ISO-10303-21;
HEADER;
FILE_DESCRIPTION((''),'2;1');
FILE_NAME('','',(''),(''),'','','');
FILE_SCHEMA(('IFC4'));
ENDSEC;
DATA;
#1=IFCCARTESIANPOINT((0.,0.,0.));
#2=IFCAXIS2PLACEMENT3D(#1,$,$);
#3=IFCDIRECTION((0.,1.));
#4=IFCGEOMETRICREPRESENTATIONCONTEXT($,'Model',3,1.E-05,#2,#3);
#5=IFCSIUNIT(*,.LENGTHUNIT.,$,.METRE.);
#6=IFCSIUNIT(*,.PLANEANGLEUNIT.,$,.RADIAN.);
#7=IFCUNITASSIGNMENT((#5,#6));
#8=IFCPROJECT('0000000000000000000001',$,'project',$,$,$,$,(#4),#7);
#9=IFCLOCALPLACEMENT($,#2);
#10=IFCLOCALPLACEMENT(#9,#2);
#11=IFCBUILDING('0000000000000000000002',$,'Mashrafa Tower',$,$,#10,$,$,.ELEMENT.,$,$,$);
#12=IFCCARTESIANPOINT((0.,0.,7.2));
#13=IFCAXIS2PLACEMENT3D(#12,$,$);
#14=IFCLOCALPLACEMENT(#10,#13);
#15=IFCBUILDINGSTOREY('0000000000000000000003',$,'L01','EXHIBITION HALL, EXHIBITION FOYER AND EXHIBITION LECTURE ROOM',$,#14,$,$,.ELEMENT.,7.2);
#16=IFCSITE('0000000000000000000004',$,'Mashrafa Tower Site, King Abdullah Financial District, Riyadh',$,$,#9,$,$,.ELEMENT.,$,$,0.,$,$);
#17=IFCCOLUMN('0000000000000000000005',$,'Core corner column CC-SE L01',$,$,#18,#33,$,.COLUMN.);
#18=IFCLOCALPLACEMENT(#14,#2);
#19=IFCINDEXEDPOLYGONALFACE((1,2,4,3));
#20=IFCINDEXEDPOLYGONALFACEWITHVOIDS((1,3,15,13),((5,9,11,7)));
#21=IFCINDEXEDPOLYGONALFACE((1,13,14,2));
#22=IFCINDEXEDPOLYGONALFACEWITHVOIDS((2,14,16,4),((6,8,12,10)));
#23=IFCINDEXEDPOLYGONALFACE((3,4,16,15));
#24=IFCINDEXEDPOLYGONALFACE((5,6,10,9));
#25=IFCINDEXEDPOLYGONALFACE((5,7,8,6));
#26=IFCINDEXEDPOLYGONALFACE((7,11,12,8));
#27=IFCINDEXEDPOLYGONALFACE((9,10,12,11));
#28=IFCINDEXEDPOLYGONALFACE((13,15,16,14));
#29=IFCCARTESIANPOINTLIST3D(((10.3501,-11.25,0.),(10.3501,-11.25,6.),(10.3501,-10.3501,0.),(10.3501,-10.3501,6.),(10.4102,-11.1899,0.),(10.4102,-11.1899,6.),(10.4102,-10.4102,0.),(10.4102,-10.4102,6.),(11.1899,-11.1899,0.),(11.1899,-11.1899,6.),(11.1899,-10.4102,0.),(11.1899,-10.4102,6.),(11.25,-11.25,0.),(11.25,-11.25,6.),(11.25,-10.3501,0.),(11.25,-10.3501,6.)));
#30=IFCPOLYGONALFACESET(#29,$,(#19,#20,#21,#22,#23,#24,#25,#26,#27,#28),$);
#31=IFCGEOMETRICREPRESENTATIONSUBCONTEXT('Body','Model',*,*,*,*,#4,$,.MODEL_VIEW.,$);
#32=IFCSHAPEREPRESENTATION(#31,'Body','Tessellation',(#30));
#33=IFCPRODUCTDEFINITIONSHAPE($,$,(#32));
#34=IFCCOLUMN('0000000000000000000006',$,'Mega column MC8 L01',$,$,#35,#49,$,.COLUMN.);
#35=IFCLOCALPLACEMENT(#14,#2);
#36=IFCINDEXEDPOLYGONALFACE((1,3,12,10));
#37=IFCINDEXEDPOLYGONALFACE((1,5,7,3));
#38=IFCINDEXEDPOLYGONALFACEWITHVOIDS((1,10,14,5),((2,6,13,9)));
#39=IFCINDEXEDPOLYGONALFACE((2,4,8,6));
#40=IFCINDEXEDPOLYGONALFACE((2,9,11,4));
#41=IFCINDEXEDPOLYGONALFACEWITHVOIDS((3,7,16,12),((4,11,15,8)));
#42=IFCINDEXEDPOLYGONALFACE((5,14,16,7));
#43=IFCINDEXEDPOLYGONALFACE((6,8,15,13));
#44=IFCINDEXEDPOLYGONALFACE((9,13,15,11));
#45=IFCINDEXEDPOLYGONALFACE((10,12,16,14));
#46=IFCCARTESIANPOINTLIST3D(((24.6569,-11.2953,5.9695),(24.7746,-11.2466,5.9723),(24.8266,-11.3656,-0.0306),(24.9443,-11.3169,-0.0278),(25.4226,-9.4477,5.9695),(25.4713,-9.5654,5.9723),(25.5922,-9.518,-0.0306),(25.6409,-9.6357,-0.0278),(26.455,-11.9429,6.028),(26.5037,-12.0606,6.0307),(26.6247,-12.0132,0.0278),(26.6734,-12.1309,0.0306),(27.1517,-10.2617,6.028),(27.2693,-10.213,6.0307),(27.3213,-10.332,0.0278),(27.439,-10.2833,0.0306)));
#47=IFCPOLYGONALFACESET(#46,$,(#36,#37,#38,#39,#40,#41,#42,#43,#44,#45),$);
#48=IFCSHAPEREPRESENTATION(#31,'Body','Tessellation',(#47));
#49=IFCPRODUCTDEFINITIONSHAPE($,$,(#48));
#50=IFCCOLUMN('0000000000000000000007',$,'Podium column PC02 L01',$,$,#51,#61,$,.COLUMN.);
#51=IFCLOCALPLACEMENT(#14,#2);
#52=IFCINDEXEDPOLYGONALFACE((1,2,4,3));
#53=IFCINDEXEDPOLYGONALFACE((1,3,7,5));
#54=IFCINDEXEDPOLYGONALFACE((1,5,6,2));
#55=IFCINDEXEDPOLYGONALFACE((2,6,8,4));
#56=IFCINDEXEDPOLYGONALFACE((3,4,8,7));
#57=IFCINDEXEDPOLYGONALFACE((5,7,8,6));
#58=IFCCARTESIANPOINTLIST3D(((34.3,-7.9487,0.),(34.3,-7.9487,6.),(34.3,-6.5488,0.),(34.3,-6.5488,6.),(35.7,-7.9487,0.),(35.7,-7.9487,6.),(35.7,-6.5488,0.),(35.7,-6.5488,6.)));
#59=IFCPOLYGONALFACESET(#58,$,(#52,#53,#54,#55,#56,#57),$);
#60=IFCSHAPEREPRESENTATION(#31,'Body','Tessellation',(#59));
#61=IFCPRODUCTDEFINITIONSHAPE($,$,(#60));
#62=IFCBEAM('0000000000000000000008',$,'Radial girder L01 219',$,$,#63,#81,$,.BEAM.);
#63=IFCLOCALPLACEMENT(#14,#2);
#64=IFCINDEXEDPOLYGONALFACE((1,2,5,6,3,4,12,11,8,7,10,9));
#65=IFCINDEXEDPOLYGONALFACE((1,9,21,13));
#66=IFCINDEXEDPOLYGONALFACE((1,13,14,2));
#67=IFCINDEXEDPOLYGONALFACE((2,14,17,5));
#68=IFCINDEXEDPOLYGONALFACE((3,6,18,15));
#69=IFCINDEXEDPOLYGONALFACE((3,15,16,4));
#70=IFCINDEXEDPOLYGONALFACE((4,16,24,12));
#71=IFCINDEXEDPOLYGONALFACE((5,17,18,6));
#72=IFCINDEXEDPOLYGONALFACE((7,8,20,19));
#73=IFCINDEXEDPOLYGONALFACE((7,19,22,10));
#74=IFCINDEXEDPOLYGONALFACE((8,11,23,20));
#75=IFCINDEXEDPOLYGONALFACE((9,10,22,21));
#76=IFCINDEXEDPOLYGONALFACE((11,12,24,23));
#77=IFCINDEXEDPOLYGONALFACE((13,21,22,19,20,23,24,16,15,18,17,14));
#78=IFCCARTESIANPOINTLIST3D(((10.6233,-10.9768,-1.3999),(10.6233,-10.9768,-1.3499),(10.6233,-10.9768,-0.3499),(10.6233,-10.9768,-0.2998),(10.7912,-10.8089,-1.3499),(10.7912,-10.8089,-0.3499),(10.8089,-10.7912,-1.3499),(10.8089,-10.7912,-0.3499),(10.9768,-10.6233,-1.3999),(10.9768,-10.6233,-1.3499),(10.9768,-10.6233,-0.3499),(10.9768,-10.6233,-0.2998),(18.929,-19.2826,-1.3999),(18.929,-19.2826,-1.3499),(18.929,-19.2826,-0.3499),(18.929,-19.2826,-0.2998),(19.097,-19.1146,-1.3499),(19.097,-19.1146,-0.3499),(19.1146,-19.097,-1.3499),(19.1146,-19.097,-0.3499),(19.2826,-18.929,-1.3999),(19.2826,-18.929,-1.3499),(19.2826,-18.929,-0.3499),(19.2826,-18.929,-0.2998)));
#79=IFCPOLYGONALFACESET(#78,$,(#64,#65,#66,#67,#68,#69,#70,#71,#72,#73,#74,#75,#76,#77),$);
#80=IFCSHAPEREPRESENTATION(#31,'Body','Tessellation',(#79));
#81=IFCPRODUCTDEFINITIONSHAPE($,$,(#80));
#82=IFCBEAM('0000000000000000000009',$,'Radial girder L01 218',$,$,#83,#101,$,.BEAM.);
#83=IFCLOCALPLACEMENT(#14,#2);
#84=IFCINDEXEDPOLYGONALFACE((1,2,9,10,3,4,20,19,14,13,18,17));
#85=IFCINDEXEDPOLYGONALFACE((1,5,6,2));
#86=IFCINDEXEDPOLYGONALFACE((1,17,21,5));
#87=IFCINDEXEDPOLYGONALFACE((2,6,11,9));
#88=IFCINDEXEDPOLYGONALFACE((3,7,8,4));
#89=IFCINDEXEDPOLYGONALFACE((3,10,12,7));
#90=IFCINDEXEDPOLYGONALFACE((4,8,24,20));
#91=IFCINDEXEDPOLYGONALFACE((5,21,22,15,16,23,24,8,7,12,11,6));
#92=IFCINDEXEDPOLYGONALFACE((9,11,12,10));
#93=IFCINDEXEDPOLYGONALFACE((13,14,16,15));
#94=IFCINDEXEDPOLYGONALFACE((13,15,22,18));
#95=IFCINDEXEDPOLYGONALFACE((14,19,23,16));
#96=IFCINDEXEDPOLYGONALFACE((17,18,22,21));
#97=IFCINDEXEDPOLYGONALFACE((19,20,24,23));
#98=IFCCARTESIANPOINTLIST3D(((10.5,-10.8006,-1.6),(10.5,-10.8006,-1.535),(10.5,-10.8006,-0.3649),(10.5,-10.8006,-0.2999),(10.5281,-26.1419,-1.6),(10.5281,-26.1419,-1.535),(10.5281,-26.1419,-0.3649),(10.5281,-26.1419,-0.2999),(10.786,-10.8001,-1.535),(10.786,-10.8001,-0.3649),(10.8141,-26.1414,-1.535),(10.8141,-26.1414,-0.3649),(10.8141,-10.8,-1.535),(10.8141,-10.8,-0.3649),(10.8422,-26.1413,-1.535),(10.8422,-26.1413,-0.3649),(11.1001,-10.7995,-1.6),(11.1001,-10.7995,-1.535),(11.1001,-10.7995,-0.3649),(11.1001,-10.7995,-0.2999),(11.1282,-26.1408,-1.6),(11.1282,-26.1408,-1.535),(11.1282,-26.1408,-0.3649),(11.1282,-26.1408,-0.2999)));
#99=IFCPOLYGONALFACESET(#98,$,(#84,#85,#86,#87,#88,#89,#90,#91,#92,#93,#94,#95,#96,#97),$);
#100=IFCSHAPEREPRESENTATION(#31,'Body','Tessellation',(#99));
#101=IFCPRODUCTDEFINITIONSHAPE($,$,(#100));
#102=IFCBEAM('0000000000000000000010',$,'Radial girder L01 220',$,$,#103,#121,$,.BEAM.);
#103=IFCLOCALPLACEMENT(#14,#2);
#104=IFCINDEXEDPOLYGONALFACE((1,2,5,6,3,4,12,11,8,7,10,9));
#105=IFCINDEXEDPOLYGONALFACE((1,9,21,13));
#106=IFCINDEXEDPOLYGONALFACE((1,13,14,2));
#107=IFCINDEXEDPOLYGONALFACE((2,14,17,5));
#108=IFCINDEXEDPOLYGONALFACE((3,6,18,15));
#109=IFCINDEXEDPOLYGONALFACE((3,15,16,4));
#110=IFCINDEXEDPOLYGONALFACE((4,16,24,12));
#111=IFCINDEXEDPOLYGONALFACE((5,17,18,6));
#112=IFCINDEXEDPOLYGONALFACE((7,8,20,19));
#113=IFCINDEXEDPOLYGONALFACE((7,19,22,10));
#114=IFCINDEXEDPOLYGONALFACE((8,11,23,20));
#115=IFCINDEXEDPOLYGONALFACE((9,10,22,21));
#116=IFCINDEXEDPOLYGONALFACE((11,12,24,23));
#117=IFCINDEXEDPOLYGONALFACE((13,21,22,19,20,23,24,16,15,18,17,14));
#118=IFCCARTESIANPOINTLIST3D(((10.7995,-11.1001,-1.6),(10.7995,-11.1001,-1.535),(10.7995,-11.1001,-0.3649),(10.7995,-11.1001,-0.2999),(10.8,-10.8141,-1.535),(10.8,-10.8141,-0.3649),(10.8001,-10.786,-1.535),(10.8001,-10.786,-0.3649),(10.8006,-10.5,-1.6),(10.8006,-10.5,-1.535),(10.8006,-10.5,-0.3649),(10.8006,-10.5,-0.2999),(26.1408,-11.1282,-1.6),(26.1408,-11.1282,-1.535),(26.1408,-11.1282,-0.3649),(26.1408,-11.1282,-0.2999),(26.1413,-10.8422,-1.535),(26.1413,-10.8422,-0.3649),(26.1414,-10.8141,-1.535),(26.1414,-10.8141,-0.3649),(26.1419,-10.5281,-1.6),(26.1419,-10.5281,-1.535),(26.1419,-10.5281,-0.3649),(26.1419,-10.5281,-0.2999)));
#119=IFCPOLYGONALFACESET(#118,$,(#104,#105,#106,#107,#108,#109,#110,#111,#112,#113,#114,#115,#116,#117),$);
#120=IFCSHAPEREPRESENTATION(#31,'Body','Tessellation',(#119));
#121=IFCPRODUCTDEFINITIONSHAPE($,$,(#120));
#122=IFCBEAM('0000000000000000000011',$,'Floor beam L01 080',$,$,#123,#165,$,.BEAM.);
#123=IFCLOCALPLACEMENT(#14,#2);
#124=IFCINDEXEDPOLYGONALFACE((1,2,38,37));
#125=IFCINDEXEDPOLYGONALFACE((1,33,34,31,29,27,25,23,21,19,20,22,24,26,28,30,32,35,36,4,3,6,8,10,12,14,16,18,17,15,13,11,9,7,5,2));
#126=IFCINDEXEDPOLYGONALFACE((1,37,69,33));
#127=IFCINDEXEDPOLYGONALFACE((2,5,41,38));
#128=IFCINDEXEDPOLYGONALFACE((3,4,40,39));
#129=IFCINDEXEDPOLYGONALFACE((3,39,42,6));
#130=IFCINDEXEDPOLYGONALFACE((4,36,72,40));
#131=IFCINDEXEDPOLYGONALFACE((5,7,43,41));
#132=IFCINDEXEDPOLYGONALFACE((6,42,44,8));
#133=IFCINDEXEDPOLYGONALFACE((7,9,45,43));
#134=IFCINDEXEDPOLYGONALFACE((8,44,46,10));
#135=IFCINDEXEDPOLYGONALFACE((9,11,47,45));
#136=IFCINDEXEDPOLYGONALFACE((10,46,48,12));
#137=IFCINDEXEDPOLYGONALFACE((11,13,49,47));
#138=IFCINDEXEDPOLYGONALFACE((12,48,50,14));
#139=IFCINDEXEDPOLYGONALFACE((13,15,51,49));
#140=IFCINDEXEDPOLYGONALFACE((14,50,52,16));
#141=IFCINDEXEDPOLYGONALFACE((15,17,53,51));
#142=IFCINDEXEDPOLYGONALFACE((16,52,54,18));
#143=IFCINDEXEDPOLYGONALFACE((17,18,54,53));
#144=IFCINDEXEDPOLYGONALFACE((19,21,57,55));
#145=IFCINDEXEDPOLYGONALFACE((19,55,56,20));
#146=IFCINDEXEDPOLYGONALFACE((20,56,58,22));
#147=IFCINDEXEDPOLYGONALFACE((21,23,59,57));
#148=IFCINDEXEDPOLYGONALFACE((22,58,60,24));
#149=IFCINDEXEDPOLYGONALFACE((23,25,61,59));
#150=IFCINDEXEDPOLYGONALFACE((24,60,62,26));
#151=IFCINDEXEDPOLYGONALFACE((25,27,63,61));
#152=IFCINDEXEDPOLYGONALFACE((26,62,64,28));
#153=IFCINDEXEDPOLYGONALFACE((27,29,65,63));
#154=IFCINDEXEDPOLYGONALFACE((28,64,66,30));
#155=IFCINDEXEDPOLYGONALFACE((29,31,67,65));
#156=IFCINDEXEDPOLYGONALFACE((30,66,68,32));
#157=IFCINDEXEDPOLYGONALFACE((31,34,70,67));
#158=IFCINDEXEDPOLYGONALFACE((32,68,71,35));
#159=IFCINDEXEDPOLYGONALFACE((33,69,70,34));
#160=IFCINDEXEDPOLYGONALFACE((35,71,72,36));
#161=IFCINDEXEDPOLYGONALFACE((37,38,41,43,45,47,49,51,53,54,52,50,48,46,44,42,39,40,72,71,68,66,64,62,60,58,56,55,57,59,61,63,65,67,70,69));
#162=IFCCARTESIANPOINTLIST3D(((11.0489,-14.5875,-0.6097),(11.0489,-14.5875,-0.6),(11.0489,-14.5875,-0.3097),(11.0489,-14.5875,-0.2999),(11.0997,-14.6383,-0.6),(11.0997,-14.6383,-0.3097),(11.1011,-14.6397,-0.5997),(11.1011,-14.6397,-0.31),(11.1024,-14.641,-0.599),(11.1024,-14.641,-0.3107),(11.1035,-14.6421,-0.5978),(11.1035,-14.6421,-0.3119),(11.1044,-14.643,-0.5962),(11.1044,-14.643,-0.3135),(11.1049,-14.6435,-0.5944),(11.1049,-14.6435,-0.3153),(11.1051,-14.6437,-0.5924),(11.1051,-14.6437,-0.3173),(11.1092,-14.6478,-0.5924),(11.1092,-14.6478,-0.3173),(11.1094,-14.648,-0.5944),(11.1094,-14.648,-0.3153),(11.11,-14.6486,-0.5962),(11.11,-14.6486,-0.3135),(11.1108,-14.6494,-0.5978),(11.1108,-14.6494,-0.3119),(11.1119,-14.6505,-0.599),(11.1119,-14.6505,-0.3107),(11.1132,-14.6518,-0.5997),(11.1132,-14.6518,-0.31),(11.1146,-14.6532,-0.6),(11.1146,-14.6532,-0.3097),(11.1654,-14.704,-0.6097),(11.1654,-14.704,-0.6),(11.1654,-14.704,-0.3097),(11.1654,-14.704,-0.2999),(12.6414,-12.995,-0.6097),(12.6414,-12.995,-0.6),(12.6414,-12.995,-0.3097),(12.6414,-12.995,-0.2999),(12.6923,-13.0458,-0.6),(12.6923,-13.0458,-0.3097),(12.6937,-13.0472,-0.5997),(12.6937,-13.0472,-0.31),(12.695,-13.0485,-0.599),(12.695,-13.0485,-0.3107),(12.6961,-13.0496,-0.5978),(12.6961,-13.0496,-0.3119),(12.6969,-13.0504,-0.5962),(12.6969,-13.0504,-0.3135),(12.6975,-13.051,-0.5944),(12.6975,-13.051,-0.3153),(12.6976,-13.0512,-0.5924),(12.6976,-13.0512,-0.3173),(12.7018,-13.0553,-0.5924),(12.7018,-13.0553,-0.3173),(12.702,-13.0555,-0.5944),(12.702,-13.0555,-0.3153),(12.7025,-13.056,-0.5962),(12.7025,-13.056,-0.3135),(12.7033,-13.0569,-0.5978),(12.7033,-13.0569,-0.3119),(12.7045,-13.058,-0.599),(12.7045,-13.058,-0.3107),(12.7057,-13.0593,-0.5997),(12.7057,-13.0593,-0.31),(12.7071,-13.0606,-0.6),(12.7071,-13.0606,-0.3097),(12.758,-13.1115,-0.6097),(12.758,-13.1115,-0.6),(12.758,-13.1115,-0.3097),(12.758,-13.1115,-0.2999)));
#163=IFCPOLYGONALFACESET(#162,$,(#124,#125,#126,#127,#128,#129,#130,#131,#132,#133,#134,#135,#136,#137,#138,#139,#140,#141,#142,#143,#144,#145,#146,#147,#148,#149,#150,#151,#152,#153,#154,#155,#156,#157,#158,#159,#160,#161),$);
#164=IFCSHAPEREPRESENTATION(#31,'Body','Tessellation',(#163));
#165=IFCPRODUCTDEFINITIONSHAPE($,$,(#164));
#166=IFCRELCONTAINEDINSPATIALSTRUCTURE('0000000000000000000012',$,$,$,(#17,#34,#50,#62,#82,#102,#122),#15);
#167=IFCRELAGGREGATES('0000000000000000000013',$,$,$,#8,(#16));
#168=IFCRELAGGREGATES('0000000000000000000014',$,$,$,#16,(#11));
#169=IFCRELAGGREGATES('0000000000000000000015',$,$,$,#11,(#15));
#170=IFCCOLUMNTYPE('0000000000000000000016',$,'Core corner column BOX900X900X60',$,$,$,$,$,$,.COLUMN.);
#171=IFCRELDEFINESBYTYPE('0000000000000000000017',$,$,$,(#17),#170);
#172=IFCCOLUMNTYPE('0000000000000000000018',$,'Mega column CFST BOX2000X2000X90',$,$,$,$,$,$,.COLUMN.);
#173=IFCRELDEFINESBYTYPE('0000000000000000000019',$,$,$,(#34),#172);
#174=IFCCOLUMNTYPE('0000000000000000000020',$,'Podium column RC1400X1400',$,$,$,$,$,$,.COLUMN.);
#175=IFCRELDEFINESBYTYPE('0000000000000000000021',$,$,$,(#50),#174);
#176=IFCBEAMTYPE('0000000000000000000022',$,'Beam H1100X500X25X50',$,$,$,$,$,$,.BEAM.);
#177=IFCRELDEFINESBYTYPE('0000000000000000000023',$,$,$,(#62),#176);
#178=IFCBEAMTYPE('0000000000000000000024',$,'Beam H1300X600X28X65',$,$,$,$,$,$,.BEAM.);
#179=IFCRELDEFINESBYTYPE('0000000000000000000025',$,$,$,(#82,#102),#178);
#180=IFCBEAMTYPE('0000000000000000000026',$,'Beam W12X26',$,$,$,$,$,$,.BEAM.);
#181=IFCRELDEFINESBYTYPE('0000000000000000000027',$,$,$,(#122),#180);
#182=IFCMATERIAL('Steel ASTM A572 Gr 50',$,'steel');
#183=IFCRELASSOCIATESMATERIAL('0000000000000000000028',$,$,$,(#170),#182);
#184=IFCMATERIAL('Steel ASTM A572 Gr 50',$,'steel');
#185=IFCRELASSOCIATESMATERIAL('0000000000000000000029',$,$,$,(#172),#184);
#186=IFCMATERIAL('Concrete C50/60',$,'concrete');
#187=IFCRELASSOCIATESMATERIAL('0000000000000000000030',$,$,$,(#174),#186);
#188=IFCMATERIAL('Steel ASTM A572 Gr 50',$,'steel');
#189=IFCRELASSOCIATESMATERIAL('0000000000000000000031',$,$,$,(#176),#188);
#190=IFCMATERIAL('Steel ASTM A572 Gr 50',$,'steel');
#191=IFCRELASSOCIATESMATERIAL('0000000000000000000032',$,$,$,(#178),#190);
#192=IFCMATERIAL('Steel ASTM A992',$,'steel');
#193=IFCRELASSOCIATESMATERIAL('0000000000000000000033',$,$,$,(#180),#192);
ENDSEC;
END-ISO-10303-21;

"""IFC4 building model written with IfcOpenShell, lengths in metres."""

from ifc_helpers import new_model, si_unit, direction, frame, origin, origin_2d, place, context, subcontext, project, spatial, rectangle, hollow_rectangle, i_section, extrude, material, material_profile, profile_set, type_object, element, save


model = new_model("IFC4")

# Units and contexts
model_context = context("Model", 3, precision=1e-05, world=origin(), true_north=direction((0.0, 1.0)))
body_context = subcontext(model_context, "Body", "Model", "MODEL_VIEW")
ifc_project = project(units=[si_unit("LENGTHUNIT", "METRE"), si_unit("PLANEANGLEUNIT", "RADIAN")], contexts=[model_context])

# Site, building, storey
site_placement = place(None, origin())
site = spatial("IfcSite", under=ifc_project, at=site_placement, Name="Mashrafa Tower Site, King Abdullah Financial District, Riyadh", CompositionType="ELEMENT", RefElevation=0.0)
building_placement = place(site_placement, origin())
building = spatial("IfcBuilding", under=site, at=building_placement, Name="Mashrafa Tower", CompositionType="ELEMENT")
storey_placement = place(building_placement, frame((0.0, 0.0, 7.2)))
storey = spatial("IfcBuildingStorey", under=building, at=storey_placement, Name="L01", Description="EXHIBITION HALL, EXHIBITION FOYER AND EXHIBITION LECTURE ROOM", CompositionType="ELEMENT", Elevation=7.2)

# Columns
ifc_material_1 = material(Name="Steel ASTM A572 Gr 50", Category="steel")
ifc_material_profile_1 = material_profile(ifc_material_1, hollow_rectangle(XDim=0.8999, YDim=0.8999, WallThickness=0.0601, at=origin_2d()), Name="BOX900X900X60")
ifc_profile_set_1 = profile_set([ifc_material_profile_1], Name="Steel ASTM A572 Gr 50")
column_type_1 = type_object("IfcColumnType", Name="Core corner column BOX900X900X60", PredefinedType="COLUMN", material=ifc_profile_set_1)
column_1_placement = place(storey_placement, frame((10.8, -10.8, 0.0), z_axis=(0.0, 0.0, 1.0), x_axis=(1.0, 0.0, 0.0)))
element("IfcColumn", 1, at=column_1_placement, inside=storey, type_object=column_type_1, Name="Core corner column CC-SE L01", PredefinedType="COLUMN", context=body_context, shape_type="SweptSolid", body=[
    extrude(hollow_rectangle(XDim=0.8999, YDim=0.8999, WallThickness=0.0601, at=origin_2d()), origin(), (0.0, 0.0, 1.0), 6.0),
])
ifc_material_2 = material(Name="Steel ASTM A572 Gr 50", Category="steel")
ifc_material_profile_2 = material_profile(ifc_material_2, hollow_rectangle(XDim=2.0, YDim=2.0, WallThickness=0.0901, at=origin_2d()), Name="BOX2000X2000X90")
ifc_profile_set_2 = profile_set([ifc_material_profile_2], Name="Steel ASTM A572 Gr 50")
column_type_2 = type_object("IfcColumnType", Name="Mega column CFST BOX2000X2000X90", PredefinedType="COLUMN", material=ifc_profile_set_2)
column_2_placement = place(storey_placement, frame((26.1328, -10.8245, 0.0), z_axis=(-0.028266, 0.011713, 0.999532), x_axis=(-0.382821, -0.923822, 0.0)))
element("IfcColumn", 2, at=column_2_placement, inside=storey, type_object=column_type_2, Name="Mega column MC8 L01", PredefinedType="COLUMN", context=body_context, shape_type="SweptSolid", body=[
    extrude(hollow_rectangle(XDim=2.0, YDim=2.0, WallThickness=0.0901, at=origin_2d()), origin(), (0.0, 0.0, 1.0), 6.0029),
])
ifc_material_3 = material(Name="Concrete C50/60", Category="concrete")
ifc_material_profile_3 = material_profile(ifc_material_3, rectangle(XDim=1.3999, YDim=1.3999, at=origin_2d()), Name="RC1400X1400")
ifc_profile_set_3 = profile_set([ifc_material_profile_3], Name="Concrete C50/60")
column_type_3 = type_object("IfcColumnType", Name="Podium column RC1400X1400", PredefinedType="COLUMN", material=ifc_profile_set_3)
column_3_placement = place(storey_placement, frame((35.0, -7.2488, 0.0), z_axis=(0.0, 0.0, 1.0), x_axis=(1.0, 0.0, 0.0)))
element("IfcColumn", 3, at=column_3_placement, inside=storey, type_object=column_type_3, Name="Podium column PC02 L01", PredefinedType="COLUMN", context=body_context, shape_type="SweptSolid", body=[
    extrude(rectangle(XDim=1.3999, YDim=1.3999, at=origin_2d()), origin(), (0.0, 0.0, 1.0), 6.0),
])

# Beams
ifc_material_4 = material(Name="Steel ASTM A572 Gr 50", Category="steel")
ifc_material_profile_4 = material_profile(ifc_material_4, i_section(OverallWidth=0.5, OverallDepth=1.1001, WebThickness=0.0249, FlangeThickness=0.05, at=origin_2d()), Name="H1100X500X25X50")
ifc_profile_set_4 = profile_set([ifc_material_profile_4], Name="Steel ASTM A572 Gr 50")
beam_type_1 = type_object("IfcBeamType", Name="Beam H1100X500X25X50", PredefinedType="BEAM", material=ifc_profile_set_4)
beam_1_placement = place(storey_placement, frame((10.8, -10.8, -0.8499), z_axis=(0.707107, -0.707107, 0.0), x_axis=(0.707107, 0.707107, 0.0)))
element("IfcBeam", 4, at=beam_1_placement, inside=storey, type_object=beam_type_1, Name="Radial girder L01 219", PredefinedType="BEAM", context=body_context, shape_type="SweptSolid", body=[
    extrude(i_section(OverallWidth=0.5, OverallDepth=1.1001, WebThickness=0.0249, FlangeThickness=0.05, at=origin_2d()), origin(), (0.0, 0.0, 1.0), 11.7461),
])
ifc_material_5 = material(Name="Steel ASTM A572 Gr 50", Category="steel")
ifc_material_profile_5 = material_profile(ifc_material_5, i_section(OverallWidth=0.6001, OverallDepth=1.3, WebThickness=0.0281, FlangeThickness=0.0649, at=origin_2d()), Name="H1300X600X28X65")
ifc_profile_set_5 = profile_set([ifc_material_profile_5], Name="Steel ASTM A572 Gr 50")
beam_type_2 = type_object("IfcBeamType", Name="Beam H1300X600X28X65", PredefinedType="BEAM", material=ifc_profile_set_5)
for number, where, z_axis, x_axis, name in (
    (5, (10.8, -10.8, -0.95), (0.00183, -0.999998, 0.0), (0.999998, 0.00183, 0.0), "Radial girder L01 218"),
    (6, (10.8, -10.8, -0.95), (0.999998, -0.00183, 0.0), (0.00183, 0.999998, 0.0), "Radial girder L01 220"),
):
    element("IfcBeam", number, at=place(storey_placement, frame(where, z_axis=z_axis, x_axis=x_axis)), inside=storey, type_object=beam_type_2, Name=name, PredefinedType="BEAM", context=body_context, shape_type="SweptSolid", body=[
        extrude(i_section(OverallWidth=0.6001, OverallDepth=1.3, WebThickness=0.0281, FlangeThickness=0.0649, at=origin_2d()), origin(), (0.0, 0.0, 1.0), 15.3413),
    ])
ifc_material_6 = material(Name="Steel ASTM A992", Category="steel")
ifc_material_profile_6 = material_profile(ifc_material_6, i_section(OverallWidth=0.1648, OverallDepth=0.3098, WebThickness=0.0059, FlangeThickness=0.0098, FilletRadius=0.0076, at=origin_2d()), Name="W12X26")
ifc_profile_set_6 = profile_set([ifc_material_profile_6], Name="Steel ASTM A992")
beam_type_3 = type_object("IfcBeamType", Name="Beam W12X26", PredefinedType="BEAM", material=ifc_profile_set_6)
for number, where, z_axis, x_axis, name in (
    (7, (12.6997, -13.0532, -0.4548), (-0.707107, -0.707107, 0.0), (0.707107, -0.707107, 0.0), "Floor beam L01 080"),
):
    element("IfcBeam", number, at=place(storey_placement, frame(where, z_axis=z_axis, x_axis=x_axis)), inside=storey, type_object=beam_type_3, Name=name, PredefinedType="BEAM", context=body_context, shape_type="SweptSolid", body=[
        extrude(i_section(OverallWidth=0.1648, OverallDepth=0.3098, WebThickness=0.0059, FlangeThickness=0.0098, FilletRadius=0.0076, at=origin_2d()), origin(), (0.0, 0.0, 1.0), 2.2522),
    ])

save(model, "model.ifc")
